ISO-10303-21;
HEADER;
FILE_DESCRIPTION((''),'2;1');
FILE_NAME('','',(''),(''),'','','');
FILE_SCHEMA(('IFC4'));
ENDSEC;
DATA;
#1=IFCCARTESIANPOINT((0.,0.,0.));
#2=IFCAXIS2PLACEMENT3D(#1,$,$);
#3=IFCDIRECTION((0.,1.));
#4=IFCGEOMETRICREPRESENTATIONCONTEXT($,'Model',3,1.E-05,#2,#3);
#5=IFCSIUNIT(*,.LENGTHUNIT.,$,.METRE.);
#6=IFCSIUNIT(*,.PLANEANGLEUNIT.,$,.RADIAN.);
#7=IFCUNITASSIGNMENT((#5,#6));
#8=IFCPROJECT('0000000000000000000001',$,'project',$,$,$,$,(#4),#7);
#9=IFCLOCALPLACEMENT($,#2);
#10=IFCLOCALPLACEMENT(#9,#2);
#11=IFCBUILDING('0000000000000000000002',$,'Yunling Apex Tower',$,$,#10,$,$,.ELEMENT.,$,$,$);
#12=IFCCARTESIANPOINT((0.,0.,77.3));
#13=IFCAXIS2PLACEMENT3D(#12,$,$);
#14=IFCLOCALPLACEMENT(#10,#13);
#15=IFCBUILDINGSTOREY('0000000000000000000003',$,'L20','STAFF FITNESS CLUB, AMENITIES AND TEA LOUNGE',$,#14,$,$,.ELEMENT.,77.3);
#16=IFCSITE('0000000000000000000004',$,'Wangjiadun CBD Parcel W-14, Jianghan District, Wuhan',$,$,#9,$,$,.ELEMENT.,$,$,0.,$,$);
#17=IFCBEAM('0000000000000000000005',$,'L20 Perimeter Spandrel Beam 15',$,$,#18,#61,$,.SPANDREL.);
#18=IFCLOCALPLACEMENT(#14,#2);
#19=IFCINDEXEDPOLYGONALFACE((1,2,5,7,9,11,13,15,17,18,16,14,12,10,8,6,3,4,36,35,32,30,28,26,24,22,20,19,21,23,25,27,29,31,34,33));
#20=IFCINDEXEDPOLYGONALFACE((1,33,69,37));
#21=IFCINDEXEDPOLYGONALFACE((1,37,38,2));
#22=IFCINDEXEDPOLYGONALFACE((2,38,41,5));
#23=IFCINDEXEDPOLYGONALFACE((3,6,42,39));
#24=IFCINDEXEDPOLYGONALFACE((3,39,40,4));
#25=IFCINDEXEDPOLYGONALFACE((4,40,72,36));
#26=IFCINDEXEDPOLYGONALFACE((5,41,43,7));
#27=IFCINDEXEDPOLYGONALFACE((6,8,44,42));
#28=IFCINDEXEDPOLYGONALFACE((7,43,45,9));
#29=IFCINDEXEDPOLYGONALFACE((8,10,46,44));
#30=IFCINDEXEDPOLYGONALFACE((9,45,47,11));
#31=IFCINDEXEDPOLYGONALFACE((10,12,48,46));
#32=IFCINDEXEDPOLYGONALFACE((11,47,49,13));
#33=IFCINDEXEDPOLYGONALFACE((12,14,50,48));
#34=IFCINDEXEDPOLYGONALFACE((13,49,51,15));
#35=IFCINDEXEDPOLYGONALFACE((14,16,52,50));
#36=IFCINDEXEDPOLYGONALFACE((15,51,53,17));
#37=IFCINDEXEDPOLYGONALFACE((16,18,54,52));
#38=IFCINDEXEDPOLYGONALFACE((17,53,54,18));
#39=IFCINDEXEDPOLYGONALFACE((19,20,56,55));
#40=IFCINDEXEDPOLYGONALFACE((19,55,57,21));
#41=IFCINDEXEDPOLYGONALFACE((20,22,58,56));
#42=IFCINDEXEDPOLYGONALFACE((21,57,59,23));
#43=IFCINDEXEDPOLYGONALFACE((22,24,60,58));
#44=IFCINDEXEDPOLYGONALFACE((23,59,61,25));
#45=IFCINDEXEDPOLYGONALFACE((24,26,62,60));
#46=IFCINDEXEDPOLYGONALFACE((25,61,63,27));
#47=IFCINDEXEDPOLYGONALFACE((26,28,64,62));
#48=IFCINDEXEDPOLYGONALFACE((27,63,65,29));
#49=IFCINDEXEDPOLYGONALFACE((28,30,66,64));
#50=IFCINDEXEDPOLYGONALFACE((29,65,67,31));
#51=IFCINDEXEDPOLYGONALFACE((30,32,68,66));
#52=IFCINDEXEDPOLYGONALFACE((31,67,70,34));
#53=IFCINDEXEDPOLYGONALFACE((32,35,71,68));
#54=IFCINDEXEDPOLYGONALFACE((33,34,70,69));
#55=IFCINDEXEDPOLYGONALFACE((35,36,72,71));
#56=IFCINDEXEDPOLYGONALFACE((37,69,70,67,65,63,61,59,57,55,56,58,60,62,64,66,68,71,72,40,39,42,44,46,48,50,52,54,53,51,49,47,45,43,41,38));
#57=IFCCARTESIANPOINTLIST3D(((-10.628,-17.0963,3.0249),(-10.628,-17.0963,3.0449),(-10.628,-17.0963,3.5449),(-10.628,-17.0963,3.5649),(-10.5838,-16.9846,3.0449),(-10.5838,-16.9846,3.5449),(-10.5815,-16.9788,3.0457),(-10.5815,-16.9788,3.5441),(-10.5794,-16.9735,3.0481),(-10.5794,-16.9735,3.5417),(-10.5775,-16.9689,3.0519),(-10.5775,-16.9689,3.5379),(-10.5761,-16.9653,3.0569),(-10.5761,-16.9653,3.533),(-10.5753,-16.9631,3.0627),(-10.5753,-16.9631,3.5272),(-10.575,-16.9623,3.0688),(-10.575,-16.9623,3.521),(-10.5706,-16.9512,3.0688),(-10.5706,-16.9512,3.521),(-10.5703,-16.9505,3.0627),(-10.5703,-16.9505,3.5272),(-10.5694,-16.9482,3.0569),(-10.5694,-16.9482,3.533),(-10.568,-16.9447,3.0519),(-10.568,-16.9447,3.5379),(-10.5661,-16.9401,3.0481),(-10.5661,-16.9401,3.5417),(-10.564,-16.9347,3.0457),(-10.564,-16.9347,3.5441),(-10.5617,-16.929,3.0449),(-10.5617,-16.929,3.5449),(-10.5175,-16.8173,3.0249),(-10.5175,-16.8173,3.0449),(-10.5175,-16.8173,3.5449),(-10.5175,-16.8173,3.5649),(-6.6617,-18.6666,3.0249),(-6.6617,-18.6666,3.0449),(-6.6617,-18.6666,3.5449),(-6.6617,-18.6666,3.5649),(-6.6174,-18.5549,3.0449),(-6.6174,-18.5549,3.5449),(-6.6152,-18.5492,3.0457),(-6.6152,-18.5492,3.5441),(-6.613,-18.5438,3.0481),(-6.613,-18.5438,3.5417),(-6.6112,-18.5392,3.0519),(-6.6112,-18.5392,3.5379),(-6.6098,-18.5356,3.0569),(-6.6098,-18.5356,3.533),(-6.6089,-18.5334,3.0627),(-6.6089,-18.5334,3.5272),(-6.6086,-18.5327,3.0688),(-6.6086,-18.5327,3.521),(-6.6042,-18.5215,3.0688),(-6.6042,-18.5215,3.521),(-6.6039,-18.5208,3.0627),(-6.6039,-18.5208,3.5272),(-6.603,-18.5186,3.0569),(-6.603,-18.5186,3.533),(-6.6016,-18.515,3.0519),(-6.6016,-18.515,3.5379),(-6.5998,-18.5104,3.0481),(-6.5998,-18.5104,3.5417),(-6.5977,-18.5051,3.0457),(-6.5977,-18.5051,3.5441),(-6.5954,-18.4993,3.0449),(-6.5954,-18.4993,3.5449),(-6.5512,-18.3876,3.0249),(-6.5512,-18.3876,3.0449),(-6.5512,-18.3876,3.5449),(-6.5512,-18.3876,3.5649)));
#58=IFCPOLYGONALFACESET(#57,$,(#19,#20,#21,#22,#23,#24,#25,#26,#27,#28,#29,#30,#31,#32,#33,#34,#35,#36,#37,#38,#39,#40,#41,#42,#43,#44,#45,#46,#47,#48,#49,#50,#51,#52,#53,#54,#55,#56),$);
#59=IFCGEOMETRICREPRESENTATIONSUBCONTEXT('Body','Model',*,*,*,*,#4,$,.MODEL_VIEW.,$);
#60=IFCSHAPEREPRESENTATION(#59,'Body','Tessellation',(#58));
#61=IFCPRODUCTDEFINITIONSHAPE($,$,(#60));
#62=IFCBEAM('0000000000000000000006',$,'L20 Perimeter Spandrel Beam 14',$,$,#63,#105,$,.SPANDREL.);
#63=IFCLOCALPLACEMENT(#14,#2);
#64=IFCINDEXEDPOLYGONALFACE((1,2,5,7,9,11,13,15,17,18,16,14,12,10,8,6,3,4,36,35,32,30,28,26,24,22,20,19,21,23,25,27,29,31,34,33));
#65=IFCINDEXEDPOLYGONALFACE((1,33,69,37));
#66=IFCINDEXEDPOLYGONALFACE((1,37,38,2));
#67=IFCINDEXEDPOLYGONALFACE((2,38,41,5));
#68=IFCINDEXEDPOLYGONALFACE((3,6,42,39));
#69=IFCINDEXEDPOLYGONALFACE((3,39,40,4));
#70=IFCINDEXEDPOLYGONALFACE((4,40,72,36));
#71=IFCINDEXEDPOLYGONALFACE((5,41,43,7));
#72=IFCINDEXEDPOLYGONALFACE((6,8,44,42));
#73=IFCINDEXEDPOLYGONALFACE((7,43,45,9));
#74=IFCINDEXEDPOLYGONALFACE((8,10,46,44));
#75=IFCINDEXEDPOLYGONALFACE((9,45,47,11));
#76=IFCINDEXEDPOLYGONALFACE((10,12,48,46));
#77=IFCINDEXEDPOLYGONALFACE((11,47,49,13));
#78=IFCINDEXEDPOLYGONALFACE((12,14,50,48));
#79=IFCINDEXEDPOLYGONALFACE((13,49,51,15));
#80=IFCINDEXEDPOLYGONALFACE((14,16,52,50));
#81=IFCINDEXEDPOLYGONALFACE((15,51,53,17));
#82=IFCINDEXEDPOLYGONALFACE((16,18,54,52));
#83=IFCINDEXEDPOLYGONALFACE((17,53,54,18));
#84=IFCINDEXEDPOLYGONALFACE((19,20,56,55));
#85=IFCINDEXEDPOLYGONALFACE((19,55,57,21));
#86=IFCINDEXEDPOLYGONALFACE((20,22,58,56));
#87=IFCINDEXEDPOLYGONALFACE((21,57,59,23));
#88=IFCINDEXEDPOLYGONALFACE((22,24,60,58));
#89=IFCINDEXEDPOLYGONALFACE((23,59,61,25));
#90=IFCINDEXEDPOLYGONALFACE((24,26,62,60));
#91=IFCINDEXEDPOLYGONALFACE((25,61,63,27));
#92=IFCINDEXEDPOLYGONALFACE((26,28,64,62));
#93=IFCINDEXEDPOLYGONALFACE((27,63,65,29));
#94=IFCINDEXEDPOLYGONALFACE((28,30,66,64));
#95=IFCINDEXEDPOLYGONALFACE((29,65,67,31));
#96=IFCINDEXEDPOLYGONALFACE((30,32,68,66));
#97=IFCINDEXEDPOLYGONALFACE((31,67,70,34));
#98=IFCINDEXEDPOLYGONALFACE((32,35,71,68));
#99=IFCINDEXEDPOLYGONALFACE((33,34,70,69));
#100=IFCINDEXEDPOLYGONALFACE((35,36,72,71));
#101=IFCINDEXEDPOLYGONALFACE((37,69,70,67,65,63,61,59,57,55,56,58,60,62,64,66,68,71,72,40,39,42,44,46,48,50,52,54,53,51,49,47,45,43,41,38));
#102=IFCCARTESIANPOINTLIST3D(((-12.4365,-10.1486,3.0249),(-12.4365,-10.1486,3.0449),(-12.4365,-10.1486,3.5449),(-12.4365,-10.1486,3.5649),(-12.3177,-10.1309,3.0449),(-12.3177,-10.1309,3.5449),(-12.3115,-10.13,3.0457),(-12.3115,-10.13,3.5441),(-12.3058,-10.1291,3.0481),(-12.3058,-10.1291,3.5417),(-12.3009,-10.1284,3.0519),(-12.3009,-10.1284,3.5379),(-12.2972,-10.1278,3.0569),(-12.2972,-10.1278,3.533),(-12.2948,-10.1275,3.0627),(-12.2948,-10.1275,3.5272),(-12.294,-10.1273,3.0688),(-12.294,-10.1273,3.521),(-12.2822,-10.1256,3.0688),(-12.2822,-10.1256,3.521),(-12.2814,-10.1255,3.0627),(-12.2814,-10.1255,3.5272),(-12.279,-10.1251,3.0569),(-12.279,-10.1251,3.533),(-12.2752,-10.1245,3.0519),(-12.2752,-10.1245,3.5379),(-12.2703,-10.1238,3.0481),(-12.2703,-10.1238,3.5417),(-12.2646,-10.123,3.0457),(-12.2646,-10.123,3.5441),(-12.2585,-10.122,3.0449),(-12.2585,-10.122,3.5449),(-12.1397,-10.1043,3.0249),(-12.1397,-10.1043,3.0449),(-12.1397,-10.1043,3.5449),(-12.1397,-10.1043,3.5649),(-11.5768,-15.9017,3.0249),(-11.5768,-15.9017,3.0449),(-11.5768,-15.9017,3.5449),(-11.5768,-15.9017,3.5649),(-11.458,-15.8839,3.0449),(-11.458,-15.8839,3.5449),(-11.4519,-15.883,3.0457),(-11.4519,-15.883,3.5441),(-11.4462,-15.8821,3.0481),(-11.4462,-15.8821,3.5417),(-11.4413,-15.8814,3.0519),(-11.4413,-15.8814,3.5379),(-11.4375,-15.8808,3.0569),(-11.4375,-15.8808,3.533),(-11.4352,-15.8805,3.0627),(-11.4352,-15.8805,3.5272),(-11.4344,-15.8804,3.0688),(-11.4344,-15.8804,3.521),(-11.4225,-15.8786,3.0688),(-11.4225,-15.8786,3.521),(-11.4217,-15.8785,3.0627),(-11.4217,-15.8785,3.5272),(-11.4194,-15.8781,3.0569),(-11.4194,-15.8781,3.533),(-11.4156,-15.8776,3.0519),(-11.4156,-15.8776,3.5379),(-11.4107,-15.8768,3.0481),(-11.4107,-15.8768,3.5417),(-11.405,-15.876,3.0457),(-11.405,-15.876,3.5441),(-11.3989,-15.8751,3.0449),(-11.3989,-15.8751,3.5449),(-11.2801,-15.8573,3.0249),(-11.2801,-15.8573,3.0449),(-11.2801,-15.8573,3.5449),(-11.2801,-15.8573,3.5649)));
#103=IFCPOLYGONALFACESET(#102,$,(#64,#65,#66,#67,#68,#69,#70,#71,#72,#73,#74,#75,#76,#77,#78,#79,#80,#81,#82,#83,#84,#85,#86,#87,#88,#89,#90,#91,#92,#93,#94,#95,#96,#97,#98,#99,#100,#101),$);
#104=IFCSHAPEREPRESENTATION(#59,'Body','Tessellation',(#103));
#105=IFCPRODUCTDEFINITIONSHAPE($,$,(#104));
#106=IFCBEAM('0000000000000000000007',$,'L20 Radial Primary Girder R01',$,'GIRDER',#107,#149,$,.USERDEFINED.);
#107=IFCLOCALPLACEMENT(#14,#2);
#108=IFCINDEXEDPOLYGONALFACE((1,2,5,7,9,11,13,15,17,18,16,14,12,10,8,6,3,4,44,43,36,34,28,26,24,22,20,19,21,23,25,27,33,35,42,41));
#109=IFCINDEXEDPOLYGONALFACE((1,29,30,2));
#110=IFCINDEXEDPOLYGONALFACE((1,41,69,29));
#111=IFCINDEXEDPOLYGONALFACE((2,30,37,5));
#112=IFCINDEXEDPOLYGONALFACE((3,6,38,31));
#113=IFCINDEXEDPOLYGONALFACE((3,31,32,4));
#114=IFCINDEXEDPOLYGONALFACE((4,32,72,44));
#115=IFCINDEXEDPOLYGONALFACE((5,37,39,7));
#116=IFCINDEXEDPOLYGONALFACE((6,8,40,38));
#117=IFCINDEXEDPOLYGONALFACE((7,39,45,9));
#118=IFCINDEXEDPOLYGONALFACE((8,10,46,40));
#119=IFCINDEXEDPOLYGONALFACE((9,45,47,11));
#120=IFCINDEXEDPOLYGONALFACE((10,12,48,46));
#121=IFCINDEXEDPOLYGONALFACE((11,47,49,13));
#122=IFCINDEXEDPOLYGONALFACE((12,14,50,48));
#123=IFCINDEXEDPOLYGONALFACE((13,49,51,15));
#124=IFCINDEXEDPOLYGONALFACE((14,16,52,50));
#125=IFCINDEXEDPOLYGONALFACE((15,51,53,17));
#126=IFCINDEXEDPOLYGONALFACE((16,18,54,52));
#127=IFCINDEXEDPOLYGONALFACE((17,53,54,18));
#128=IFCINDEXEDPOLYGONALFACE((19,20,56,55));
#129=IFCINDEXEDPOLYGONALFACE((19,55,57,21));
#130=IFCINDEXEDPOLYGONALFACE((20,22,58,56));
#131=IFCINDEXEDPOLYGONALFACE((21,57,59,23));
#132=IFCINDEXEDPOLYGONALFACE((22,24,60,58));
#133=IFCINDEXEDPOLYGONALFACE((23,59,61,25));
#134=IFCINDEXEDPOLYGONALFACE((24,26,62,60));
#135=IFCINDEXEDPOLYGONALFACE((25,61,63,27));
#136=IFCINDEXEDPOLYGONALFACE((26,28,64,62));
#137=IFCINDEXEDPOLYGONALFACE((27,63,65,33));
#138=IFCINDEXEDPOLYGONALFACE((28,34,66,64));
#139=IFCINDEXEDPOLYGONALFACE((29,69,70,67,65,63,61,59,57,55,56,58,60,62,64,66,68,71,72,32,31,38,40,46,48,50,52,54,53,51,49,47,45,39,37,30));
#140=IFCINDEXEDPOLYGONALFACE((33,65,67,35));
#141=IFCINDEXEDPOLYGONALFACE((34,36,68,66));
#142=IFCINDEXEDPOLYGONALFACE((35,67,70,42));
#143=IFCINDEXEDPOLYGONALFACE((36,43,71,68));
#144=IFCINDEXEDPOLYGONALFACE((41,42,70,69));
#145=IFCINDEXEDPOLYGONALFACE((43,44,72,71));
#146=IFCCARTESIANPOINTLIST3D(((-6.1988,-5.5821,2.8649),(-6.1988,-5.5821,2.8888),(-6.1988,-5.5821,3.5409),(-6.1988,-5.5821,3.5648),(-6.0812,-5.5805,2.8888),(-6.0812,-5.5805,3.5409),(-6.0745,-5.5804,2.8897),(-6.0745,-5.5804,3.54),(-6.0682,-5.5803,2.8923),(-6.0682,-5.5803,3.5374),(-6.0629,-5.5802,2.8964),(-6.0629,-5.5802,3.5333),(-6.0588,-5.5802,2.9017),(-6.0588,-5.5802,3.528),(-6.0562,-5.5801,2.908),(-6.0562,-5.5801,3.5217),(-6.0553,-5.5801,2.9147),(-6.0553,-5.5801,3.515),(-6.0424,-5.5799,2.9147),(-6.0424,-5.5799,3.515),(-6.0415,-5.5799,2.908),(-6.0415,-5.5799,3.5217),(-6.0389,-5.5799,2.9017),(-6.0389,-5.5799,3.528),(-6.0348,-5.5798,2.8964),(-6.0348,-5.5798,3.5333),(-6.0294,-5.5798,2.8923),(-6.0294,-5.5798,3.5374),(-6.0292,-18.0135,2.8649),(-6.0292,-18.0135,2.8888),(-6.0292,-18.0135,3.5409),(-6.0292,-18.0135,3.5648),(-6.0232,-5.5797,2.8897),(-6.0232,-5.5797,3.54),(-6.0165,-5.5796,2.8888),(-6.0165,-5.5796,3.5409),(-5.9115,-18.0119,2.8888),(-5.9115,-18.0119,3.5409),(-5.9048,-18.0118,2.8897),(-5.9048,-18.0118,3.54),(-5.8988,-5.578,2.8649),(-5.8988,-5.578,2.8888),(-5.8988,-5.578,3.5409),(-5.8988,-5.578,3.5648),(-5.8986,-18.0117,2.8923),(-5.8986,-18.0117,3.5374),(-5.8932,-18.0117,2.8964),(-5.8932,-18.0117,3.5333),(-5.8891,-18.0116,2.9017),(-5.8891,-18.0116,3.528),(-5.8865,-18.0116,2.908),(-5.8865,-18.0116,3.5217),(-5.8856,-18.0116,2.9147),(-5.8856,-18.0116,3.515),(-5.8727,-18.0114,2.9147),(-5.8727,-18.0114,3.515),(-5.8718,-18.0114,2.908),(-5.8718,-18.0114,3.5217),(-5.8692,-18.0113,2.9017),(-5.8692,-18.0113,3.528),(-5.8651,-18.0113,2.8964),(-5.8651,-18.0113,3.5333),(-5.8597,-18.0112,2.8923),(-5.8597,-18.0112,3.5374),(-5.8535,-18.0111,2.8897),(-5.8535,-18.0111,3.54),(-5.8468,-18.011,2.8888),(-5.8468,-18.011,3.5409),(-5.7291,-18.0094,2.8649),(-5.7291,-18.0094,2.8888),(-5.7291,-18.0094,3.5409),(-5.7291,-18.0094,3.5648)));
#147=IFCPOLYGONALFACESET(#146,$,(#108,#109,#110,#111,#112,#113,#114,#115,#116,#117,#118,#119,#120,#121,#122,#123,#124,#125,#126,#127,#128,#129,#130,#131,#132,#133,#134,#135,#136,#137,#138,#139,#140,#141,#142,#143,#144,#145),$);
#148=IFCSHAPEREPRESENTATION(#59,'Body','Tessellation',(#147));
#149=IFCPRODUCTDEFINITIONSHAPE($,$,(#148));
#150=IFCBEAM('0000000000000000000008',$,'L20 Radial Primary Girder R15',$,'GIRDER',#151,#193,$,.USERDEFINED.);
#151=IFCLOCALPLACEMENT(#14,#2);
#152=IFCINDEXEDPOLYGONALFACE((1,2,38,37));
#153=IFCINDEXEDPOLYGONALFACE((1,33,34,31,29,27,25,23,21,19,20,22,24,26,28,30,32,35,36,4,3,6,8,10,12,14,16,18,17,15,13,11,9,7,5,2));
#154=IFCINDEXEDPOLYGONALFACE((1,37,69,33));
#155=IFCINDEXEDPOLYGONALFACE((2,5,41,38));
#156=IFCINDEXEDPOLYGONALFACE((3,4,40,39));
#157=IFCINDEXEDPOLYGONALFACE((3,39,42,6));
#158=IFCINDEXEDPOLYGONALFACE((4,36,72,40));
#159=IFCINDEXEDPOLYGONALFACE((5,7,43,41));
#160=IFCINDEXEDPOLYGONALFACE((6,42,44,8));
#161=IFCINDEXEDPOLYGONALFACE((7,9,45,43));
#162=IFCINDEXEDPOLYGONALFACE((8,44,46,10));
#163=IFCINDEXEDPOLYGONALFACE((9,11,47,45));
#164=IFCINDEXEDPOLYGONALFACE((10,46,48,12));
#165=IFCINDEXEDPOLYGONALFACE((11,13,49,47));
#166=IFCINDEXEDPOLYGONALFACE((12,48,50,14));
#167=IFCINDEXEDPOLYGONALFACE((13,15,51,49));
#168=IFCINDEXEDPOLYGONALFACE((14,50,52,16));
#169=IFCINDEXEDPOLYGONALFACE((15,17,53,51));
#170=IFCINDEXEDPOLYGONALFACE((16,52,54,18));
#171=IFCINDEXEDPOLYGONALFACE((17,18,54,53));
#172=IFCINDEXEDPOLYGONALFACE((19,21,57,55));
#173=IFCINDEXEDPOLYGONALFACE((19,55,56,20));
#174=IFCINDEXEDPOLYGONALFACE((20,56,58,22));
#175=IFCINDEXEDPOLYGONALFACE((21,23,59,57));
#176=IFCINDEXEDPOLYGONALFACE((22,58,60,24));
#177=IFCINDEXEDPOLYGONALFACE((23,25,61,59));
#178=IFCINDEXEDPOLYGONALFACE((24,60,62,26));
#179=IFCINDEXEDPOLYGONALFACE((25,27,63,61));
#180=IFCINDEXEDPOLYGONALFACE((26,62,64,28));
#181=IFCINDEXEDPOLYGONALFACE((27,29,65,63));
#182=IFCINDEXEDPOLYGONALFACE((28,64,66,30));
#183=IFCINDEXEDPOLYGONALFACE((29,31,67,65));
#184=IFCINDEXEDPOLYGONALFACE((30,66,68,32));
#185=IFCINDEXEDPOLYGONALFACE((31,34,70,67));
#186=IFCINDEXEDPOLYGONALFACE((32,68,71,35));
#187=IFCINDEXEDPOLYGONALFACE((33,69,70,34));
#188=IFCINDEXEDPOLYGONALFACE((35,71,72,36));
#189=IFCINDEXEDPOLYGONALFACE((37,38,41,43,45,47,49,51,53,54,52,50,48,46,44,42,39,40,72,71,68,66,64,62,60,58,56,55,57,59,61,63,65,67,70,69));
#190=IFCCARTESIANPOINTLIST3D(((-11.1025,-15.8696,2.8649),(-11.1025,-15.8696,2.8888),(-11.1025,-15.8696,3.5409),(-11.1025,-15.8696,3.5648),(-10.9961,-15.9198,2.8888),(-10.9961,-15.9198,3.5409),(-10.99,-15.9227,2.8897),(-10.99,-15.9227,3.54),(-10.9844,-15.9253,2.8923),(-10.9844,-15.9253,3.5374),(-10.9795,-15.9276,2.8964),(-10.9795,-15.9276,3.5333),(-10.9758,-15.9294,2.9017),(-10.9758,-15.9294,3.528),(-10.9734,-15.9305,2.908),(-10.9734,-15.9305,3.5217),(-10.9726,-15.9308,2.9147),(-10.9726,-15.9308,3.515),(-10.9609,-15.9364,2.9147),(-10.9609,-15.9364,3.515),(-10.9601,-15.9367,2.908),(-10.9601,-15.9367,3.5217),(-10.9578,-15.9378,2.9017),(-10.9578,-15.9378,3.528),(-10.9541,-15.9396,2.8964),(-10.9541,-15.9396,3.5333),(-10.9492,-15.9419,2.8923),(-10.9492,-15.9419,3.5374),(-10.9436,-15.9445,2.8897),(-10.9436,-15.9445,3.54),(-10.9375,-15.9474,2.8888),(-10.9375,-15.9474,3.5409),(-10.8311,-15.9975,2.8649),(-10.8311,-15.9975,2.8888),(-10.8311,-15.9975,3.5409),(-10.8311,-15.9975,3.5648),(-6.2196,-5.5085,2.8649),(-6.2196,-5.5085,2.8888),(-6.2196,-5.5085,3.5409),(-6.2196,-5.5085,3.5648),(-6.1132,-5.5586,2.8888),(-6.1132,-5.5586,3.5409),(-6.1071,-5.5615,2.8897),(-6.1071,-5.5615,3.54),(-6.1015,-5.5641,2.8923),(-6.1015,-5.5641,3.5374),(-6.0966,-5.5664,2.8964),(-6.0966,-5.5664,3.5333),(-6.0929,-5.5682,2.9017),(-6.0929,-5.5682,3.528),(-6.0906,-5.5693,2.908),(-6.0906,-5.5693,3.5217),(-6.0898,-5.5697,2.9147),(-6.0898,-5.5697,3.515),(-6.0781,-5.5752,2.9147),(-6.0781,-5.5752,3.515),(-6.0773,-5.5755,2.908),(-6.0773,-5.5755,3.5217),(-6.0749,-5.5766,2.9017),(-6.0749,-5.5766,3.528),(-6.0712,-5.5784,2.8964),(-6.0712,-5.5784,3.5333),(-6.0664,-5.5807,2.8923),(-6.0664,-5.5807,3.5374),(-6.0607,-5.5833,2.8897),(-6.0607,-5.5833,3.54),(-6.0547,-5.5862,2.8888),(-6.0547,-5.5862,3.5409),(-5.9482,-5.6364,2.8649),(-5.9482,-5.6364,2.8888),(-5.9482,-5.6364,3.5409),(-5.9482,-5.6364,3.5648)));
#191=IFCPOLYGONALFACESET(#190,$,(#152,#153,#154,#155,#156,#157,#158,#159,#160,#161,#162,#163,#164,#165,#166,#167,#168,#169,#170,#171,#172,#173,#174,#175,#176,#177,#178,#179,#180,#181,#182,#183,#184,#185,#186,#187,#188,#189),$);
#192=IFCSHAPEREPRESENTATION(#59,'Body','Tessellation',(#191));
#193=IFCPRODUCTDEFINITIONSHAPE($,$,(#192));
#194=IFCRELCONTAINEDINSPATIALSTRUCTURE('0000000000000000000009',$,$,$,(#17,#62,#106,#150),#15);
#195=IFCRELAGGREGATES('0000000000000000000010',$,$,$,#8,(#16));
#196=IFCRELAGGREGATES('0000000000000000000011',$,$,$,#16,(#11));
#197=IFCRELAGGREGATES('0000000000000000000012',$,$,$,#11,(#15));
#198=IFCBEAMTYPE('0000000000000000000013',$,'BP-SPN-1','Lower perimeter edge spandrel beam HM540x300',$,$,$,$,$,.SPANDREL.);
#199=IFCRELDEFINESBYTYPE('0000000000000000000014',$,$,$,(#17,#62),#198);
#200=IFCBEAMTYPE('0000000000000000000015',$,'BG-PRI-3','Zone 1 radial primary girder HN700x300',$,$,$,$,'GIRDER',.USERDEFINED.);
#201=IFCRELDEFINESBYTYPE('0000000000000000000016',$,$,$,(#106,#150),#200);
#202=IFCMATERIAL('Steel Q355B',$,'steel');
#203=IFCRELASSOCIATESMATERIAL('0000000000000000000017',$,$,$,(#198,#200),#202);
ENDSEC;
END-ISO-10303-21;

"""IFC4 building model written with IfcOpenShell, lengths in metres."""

from ifc_helpers import new_model, si_unit, direction, frame, origin, origin_2d, place, context, subcontext, project, spatial, i_section, extrude, source, transform, mapped, material, material_profile, profile_set, type_object, element, save


model = new_model("IFC4")

# Units and contexts
model_context = context("Model", 3, precision=1e-05, world=origin(), true_north=direction((0.0, 1.0)))
body_context = subcontext(model_context, "Body", "Model", "MODEL_VIEW")
ifc_project = project(units=[si_unit("LENGTHUNIT", "METRE"), si_unit("PLANEANGLEUNIT", "RADIAN")], contexts=[model_context])

# Site, building, storey
site_placement = place(None, origin())
site = spatial("IfcSite", under=ifc_project, at=site_placement, Name="Wangjiadun CBD Parcel W-14, Jianghan District, Wuhan", CompositionType="ELEMENT", RefElevation=0.0)
building_placement = place(site_placement, origin())
building = spatial("IfcBuilding", under=site, at=building_placement, Name="Yunling Apex Tower", CompositionType="ELEMENT")
storey_placement = place(building_placement, frame((0.0, 0.0, 77.3)))
storey = spatial("IfcBuildingStorey", under=building, at=storey_placement, Name="L20", Description="STAFF FITNESS CLUB, AMENITIES AND TEA LOUNGE", CompositionType="ELEMENT", Elevation=77.3)

# Beams
ifc_material_1 = material(Name="Steel Q355B", Category="steel")
ifc_material_profile_1 = material_profile(ifc_material_1, i_section(OverallWidth=0.3, OverallDepth=0.54, WebThickness=0.012, FlangeThickness=0.02, FilletRadius=0.0239, at=origin_2d()))
ifc_profile_set_1 = profile_set([ifc_material_profile_1], Name="Steel Q355B")
beam_type_1 = type_object("IfcBeamType", Name="BP-SPN-1", Description="Lower perimeter edge spandrel beam HM540x300", PredefinedType="SPANDREL", material=ifc_profile_set_1)
shared_shape_1 = source(origin(), body_context, "Body", "SweptSolid", [
    extrude(i_section(OverallWidth=0.3, OverallDepth=0.54, WebThickness=0.012, FlangeThickness=0.02, FilletRadius=0.0239, at=origin_2d()), origin(), (0.0, 0.0, 1.0), 4.2659),
])
beam_1_placement = place(storey_placement, frame((-10.5728, -16.9568, 3.2949), z_axis=(0.929781, -0.368112, 0.0), x_axis=(0.368112, 0.929781, 0.0)))
element("IfcBeam", 1, at=beam_1_placement, inside=storey, type_object=beam_type_1, Name="L20 Perimeter Spandrel Beam 15", PredefinedType="SPANDREL", context=body_context, shape_type="MappedRepresentation", body=[
    mapped(shared_shape_1, transform((0.0, 0.0, 0.0), scale=1.0)),
])
shared_shape_2 = source(origin(), body_context, "Body", "SweptSolid", [
    extrude(i_section(OverallWidth=0.3, OverallDepth=0.54, WebThickness=0.012, FlangeThickness=0.02, FilletRadius=0.0239, at=origin_2d()), origin(), (0.0, 0.0, 1.0), 5.8169),
])
beam_2_placement = place(storey_placement, frame((-12.2881, -10.1265, 3.2949), z_axis=(0.147782, -0.98902, 0.0), x_axis=(0.98902, 0.147782, 0.0)))
element("IfcBeam", 2, at=beam_2_placement, inside=storey, type_object=beam_type_1, Name="L20 Perimeter Spandrel Beam 14", PredefinedType="SPANDREL", context=body_context, shape_type="MappedRepresentation", body=[
    mapped(shared_shape_2, transform((0.0, 0.0, 0.0), scale=1.0)),
])
ifc_material_profile_2 = material_profile(ifc_material_1, i_section(OverallWidth=0.3, OverallDepth=0.7, WebThickness=0.0129, FlangeThickness=0.0239, FilletRadius=0.0259, at=origin_2d()))
ifc_profile_set_2 = profile_set([ifc_material_profile_2], Name="Steel Q355B")
beam_type_2 = type_object("IfcBeamType", Name="BG-PRI-3", Description="Zone 1 radial primary girder HN700x300", ElementType="GIRDER", PredefinedType="USERDEFINED", material=ifc_profile_set_2)
shared_shape_3 = source(origin(), body_context, "Body", "SweptSolid", [
    extrude(i_section(OverallWidth=0.3, OverallDepth=0.7, WebThickness=0.0129, FlangeThickness=0.0239, FilletRadius=0.0259, at=origin_2d()), origin(), (0.0, 0.0, 1.0), 12.4326),
])
beam_3_placement = place(storey_placement, frame((-5.8792, -18.0115, 3.2148), z_axis=(-0.013648, 0.999907, 0.0), x_axis=(-0.999907, -0.013648, 0.0)))
element("IfcBeam", 3, at=beam_3_placement, inside=storey, type_object=beam_type_2, Name="L20 Radial Primary Girder R01", ObjectType="GIRDER", PredefinedType="USERDEFINED", context=body_context, shape_type="MappedRepresentation", body=[
    mapped(shared_shape_3, transform((0.0, 0.0, 0.0), scale=1.0)),
])
shared_shape_4 = source(origin(), body_context, "Body", "SweptSolid", [
    extrude(i_section(OverallWidth=0.3, OverallDepth=0.7, WebThickness=0.0129, FlangeThickness=0.0239, FilletRadius=0.0259, at=origin_2d()), origin(), (0.0, 0.0, 1.0), 11.4541),
])
beam_4_placement = place(storey_placement, frame((-10.9668, -15.9336, 3.2148), z_axis=(0.426298, 0.904583, 0.0), x_axis=(-0.904583, 0.426298, 0.0)))
element("IfcBeam", 4, at=beam_4_placement, inside=storey, type_object=beam_type_2, Name="L20 Radial Primary Girder R15", ObjectType="GIRDER", PredefinedType="USERDEFINED", context=body_context, shape_type="MappedRepresentation", body=[
    mapped(shared_shape_4, transform((0.0, 0.0, 0.0), scale=1.0)),
])

save(model, "model.ifc")
